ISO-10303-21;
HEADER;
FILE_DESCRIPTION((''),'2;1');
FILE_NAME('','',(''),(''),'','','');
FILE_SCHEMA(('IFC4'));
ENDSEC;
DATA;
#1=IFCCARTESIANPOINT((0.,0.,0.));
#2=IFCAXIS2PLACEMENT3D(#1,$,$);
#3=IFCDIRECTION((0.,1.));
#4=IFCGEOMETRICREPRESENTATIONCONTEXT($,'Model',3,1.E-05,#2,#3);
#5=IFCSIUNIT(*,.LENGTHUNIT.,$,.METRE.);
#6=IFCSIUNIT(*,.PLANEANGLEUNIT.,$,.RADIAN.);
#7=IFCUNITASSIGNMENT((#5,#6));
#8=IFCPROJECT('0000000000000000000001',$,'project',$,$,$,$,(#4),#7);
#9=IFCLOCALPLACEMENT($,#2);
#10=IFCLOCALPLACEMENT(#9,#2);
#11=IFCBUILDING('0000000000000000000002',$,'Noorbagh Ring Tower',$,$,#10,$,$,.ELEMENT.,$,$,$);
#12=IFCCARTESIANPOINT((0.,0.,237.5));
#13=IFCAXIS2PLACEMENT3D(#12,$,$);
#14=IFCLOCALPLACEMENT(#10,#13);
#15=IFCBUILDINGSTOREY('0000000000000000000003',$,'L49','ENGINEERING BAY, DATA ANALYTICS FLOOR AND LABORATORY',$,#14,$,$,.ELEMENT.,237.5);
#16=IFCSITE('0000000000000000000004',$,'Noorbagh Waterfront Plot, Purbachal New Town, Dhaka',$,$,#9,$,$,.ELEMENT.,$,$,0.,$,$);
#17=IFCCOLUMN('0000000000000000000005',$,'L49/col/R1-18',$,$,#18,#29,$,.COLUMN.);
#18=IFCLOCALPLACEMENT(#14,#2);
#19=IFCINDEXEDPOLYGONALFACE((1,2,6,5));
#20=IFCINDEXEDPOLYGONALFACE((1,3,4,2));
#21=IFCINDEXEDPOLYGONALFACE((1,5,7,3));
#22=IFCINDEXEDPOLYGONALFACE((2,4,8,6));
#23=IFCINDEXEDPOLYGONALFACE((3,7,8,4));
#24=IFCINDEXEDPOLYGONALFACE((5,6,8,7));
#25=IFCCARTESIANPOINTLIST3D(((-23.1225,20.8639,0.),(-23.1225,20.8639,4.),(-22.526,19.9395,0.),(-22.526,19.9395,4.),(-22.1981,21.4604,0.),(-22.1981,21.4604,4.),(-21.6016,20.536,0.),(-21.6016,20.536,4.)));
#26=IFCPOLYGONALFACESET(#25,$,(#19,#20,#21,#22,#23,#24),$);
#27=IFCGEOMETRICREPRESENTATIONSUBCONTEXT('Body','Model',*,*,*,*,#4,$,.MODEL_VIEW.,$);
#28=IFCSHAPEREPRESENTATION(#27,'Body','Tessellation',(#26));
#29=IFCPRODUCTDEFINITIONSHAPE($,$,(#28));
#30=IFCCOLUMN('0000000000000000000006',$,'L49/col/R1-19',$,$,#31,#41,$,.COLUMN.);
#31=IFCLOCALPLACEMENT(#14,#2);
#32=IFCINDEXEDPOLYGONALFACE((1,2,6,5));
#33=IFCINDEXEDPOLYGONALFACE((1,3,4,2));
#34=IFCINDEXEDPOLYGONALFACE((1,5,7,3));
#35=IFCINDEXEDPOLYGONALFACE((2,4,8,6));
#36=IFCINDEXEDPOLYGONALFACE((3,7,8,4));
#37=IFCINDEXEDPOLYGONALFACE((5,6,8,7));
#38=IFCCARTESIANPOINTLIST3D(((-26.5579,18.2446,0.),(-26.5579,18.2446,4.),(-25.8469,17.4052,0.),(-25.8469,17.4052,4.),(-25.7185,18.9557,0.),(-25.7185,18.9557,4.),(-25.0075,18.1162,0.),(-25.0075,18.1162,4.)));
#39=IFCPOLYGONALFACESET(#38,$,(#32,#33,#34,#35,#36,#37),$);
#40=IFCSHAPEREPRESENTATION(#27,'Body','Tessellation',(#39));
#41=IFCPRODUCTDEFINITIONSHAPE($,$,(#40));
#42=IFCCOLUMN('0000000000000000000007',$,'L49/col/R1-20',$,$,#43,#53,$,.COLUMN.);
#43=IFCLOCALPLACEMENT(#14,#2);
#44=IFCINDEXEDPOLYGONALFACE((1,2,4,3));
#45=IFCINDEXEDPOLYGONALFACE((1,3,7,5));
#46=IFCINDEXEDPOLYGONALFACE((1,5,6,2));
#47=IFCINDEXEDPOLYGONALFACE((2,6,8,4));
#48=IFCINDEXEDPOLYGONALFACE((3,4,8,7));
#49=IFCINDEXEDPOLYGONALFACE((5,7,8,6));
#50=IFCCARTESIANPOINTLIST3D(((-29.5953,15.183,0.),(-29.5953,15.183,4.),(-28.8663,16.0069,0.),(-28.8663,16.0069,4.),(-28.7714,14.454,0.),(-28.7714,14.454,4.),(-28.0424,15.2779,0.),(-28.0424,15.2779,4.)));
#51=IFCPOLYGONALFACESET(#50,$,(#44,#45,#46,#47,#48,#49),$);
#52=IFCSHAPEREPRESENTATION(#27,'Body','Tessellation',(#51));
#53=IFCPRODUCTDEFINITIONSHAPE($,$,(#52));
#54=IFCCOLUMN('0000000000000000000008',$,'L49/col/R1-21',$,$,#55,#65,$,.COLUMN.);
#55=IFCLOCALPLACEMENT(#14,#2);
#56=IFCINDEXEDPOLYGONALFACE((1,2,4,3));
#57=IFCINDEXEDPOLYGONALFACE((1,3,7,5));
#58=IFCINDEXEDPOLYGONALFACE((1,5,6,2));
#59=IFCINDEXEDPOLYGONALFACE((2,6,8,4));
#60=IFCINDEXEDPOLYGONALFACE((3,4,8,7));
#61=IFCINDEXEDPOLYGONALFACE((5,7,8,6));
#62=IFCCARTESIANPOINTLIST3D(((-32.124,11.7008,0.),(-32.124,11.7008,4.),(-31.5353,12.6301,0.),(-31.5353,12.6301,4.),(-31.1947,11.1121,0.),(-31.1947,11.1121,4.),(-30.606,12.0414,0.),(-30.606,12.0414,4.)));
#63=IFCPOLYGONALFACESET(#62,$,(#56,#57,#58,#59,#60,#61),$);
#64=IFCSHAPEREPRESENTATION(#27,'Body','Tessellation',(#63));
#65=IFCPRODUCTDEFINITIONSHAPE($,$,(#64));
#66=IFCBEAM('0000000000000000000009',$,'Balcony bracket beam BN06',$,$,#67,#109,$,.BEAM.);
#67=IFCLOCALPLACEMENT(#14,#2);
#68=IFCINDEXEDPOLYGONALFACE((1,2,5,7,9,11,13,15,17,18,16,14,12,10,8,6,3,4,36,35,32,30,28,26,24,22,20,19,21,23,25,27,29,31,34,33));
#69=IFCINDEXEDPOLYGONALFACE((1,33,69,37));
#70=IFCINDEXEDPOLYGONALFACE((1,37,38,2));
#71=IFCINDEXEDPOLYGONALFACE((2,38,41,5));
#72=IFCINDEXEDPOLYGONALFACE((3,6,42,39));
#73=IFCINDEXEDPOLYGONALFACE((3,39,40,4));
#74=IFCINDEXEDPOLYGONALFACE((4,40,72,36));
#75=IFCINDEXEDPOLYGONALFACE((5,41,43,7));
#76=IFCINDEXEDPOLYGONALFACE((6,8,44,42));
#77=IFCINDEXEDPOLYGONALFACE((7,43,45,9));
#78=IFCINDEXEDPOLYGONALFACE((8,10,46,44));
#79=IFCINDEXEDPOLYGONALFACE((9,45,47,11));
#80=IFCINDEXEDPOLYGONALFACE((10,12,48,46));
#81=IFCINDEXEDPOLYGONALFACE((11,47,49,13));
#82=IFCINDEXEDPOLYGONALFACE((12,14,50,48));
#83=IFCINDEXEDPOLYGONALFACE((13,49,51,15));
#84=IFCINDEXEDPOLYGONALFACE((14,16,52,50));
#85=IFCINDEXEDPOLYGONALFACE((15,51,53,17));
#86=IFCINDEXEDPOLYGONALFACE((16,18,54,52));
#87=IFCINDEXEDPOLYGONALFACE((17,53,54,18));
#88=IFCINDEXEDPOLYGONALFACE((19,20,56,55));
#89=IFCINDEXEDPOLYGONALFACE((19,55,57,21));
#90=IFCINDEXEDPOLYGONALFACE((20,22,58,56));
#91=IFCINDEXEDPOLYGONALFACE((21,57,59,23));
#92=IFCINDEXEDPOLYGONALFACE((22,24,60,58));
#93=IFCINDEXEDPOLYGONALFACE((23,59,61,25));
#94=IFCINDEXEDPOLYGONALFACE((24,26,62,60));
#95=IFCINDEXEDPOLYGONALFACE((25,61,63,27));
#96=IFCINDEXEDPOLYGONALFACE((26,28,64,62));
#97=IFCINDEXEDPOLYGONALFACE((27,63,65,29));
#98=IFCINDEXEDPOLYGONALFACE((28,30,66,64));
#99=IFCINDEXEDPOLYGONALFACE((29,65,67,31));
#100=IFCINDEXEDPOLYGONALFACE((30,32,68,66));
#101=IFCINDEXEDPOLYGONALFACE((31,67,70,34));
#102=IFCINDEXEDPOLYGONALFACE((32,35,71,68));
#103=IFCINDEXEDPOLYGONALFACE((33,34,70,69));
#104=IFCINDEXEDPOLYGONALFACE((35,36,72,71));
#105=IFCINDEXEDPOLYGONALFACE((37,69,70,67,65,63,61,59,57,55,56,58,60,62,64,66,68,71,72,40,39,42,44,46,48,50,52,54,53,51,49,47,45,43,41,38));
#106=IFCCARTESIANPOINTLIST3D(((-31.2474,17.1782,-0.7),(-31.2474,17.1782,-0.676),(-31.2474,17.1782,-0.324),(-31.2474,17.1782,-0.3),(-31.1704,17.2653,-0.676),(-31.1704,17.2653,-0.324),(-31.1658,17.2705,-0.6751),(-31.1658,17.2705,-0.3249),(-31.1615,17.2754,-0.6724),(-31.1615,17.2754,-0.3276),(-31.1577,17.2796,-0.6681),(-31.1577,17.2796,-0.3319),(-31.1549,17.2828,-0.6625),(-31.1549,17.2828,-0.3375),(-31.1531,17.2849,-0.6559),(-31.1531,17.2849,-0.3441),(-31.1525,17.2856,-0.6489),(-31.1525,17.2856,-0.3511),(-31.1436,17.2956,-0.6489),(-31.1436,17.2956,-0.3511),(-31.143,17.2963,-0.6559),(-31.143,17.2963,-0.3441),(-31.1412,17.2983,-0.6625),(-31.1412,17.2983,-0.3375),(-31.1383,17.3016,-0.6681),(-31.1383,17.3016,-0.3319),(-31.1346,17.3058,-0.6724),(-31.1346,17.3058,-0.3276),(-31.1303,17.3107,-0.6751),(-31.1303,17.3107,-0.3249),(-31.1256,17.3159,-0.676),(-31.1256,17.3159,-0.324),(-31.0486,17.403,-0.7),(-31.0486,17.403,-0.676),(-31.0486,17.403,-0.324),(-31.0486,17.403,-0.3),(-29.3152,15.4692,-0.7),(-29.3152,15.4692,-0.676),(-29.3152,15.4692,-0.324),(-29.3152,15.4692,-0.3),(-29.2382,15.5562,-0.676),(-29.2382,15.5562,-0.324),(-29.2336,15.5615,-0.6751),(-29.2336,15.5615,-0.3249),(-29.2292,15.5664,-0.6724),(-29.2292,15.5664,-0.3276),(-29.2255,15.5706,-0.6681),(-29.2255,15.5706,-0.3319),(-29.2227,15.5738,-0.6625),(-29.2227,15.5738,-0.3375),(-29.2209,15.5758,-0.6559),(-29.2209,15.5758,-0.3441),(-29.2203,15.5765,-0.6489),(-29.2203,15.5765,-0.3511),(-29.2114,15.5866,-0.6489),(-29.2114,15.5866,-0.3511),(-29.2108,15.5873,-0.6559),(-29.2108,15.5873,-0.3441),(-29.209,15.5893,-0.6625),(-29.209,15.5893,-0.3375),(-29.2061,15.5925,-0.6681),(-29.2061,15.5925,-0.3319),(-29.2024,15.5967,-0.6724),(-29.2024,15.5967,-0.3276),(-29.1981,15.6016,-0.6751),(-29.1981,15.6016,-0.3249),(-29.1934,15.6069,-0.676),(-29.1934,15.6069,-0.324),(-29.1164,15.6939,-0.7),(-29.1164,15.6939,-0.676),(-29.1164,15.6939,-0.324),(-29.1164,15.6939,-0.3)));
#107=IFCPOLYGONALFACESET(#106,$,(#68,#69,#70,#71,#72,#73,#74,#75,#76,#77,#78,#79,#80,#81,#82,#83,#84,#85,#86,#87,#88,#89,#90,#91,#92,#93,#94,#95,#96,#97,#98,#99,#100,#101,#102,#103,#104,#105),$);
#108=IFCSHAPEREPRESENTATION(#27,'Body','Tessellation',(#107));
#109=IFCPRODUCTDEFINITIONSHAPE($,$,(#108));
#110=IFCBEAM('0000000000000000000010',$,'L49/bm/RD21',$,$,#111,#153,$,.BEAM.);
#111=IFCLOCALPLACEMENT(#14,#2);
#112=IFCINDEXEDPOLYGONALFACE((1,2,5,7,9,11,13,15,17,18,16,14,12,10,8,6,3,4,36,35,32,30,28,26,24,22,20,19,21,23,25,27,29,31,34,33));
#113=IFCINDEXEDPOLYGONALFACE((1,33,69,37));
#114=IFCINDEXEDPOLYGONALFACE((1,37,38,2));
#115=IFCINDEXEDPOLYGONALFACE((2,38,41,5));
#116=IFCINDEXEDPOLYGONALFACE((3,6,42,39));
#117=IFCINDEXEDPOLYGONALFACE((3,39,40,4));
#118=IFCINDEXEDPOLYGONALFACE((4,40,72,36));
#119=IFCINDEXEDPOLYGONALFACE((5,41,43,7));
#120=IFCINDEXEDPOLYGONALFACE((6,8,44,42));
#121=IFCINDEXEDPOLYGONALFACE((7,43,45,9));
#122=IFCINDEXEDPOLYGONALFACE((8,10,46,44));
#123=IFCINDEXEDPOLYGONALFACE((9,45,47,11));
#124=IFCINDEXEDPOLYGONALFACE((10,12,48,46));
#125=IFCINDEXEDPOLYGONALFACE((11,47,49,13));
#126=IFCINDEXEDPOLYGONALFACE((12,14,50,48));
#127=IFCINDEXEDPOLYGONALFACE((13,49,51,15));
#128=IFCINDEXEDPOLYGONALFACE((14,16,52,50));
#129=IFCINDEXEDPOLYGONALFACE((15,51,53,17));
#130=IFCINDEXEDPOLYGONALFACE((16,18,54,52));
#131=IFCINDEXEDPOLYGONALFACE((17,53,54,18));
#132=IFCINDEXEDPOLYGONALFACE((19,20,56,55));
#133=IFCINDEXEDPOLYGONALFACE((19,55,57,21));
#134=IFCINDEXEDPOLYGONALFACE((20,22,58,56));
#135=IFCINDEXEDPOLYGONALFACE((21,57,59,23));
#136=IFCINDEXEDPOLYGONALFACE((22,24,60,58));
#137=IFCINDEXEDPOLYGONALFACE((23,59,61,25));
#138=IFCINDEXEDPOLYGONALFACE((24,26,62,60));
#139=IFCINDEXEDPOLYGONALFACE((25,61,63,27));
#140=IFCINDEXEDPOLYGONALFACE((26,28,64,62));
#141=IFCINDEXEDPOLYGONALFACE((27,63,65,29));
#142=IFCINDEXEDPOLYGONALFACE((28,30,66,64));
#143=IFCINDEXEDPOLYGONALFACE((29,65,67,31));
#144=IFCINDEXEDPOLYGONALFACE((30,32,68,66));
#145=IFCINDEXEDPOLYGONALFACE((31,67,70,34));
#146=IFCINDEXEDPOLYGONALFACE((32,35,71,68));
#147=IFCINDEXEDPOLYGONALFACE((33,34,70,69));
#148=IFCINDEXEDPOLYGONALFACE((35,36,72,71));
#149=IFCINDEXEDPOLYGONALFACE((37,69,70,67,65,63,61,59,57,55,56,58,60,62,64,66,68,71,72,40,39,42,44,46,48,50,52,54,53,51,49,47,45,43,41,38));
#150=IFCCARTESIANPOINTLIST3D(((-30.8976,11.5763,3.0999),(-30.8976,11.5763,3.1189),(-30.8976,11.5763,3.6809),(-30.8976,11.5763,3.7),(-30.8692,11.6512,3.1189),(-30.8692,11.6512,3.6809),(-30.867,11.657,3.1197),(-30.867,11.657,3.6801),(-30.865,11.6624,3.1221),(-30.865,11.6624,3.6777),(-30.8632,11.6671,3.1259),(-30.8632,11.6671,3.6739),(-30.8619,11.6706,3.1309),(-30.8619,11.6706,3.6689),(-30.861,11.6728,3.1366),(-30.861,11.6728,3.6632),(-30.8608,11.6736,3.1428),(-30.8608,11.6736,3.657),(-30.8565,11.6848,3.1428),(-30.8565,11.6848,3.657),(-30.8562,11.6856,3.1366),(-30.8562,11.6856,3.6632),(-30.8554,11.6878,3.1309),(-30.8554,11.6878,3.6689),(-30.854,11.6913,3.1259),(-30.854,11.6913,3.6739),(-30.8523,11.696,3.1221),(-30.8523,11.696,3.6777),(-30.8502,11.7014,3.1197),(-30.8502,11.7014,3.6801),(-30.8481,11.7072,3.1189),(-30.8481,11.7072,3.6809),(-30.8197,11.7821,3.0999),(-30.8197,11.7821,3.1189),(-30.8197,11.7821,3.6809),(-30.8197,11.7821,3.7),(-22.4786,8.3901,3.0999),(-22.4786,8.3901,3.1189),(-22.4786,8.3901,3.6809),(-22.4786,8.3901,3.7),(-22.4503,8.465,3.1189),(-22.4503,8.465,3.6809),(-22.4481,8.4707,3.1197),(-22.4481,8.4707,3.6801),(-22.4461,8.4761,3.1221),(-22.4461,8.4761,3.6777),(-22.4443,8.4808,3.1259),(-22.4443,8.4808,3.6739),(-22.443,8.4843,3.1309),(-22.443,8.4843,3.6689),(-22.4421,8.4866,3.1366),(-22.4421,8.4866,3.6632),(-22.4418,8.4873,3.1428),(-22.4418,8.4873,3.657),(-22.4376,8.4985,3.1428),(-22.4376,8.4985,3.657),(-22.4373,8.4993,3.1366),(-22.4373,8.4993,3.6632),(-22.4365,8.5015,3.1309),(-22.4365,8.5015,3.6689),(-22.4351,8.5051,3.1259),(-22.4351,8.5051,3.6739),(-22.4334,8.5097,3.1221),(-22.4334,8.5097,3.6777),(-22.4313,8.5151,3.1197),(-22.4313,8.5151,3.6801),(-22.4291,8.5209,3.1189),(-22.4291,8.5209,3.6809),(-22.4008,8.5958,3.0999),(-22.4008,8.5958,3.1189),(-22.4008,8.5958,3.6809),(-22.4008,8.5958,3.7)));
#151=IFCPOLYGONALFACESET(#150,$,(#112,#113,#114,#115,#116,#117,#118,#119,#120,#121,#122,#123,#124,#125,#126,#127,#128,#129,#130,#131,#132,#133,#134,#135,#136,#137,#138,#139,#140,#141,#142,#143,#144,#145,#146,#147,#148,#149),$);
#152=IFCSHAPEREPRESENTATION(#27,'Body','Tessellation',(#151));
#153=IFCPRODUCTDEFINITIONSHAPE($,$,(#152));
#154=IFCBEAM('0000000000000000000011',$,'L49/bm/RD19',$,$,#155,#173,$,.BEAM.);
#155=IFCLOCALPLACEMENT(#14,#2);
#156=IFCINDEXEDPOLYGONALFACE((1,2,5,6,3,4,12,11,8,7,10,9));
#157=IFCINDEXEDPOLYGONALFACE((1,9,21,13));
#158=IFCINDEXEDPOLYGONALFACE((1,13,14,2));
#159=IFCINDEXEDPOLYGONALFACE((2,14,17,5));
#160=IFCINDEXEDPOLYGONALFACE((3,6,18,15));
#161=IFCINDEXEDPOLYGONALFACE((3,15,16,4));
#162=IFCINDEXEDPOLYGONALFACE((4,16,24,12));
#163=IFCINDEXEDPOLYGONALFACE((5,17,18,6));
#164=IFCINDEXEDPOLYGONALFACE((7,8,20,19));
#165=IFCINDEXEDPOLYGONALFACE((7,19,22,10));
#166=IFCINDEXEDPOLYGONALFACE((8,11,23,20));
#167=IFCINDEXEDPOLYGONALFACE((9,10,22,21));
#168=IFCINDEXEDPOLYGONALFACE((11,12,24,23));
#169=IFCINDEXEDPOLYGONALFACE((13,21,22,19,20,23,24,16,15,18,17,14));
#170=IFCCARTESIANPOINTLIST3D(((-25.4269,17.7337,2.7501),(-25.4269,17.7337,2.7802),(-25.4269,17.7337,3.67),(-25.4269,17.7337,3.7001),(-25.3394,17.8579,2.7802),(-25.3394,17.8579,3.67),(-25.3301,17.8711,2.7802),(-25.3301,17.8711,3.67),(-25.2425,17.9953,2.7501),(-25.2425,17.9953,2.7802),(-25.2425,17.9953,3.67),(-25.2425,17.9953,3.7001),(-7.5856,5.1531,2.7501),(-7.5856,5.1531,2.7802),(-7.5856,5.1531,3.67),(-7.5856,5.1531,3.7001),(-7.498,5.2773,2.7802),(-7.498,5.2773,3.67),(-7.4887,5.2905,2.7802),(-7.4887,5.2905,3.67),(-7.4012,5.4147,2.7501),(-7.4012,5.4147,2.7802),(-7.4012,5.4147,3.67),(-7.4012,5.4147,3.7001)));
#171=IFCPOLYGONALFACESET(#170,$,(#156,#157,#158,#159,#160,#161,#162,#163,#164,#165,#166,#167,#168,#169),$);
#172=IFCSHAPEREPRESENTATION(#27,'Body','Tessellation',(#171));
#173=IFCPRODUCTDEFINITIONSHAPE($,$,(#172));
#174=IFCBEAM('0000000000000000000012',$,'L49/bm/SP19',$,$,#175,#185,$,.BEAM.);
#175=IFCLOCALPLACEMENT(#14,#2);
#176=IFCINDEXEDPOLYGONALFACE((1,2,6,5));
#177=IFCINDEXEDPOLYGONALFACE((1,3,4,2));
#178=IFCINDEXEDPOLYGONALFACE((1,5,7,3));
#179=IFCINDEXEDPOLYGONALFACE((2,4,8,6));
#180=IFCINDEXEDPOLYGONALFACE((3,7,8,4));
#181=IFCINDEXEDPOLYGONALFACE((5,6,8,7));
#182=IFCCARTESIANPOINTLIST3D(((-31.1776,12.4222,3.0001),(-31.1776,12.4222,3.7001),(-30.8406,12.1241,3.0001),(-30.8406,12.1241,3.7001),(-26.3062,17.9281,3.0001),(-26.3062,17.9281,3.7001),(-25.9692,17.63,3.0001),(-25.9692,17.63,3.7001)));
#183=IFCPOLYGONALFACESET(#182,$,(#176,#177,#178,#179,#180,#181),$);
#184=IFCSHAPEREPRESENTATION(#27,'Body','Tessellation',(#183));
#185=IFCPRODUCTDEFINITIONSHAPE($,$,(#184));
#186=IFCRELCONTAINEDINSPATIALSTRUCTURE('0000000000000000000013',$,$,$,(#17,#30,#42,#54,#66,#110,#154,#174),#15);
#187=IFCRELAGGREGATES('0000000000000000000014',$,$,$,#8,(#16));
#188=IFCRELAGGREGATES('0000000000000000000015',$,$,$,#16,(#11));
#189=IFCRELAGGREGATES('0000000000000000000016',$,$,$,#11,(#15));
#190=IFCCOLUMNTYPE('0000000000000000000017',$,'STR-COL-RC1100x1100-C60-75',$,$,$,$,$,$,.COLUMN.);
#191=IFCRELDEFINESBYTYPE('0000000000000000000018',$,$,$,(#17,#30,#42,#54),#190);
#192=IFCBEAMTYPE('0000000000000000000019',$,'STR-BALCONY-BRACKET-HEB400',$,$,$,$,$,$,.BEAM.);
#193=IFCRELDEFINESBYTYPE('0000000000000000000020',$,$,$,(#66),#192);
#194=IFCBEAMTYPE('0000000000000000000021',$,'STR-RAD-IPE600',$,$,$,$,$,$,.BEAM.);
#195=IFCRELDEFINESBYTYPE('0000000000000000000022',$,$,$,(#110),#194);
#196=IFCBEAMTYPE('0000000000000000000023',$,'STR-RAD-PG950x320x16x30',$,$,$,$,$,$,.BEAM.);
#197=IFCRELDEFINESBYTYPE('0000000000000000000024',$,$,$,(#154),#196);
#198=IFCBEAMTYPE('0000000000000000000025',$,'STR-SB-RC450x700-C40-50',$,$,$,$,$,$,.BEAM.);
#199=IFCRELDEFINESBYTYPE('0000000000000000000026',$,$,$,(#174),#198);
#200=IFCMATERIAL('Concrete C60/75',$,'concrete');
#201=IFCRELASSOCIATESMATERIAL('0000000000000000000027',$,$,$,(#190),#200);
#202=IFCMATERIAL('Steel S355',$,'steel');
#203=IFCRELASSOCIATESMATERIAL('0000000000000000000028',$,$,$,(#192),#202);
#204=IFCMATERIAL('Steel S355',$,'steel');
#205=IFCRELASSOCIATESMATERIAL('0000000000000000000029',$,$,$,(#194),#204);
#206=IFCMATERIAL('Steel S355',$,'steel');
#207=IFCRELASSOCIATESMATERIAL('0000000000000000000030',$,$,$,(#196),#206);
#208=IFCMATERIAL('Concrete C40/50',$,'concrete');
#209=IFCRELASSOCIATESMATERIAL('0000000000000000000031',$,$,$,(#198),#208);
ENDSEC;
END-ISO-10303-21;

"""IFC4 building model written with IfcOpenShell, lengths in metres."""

from ifc_helpers import new_model, si_unit, direction, frame, origin, origin_2d, place, context, subcontext, project, spatial, rectangle, i_section, extrude, material, material_profile, profile_set, type_object, element, save


model = new_model("IFC4")

# Units and contexts
model_context = context("Model", 3, precision=1e-05, world=origin(), true_north=direction((0.0, 1.0)))
body_context = subcontext(model_context, "Body", "Model", "MODEL_VIEW")
ifc_project = project(units=[si_unit("LENGTHUNIT", "METRE"), si_unit("PLANEANGLEUNIT", "RADIAN")], contexts=[model_context])

# Site, building, storey
site_placement = place(None, origin())
site = spatial("IfcSite", under=ifc_project, at=site_placement, Name="Noorbagh Waterfront Plot, Purbachal New Town, Dhaka", CompositionType="ELEMENT", RefElevation=0.0)
building_placement = place(site_placement, origin())
building = spatial("IfcBuilding", under=site, at=building_placement, Name="Noorbagh Ring Tower", CompositionType="ELEMENT")
storey_placement = place(building_placement, frame((0.0, 0.0, 237.5)))
storey = spatial("IfcBuildingStorey", under=building, at=storey_placement, Name="L49", Description="ENGINEERING BAY, DATA ANALYTICS FLOOR AND LABORATORY", CompositionType="ELEMENT", Elevation=237.5)

# Columns
ifc_material_1 = material(Name="Concrete C60/75", Category="concrete")
ifc_material_profile_1 = material_profile(ifc_material_1, rectangle(XDim=1.1001, YDim=1.1001, at=origin_2d()), Name="RC1100x1100")
ifc_profile_set_1 = profile_set([ifc_material_profile_1], Name="Concrete C60/75")
column_type = type_object("IfcColumnType", Name="STR-COL-RC1100x1100-C60-75", PredefinedType="COLUMN", material=ifc_profile_set_1)
for number, where, z_axis, x_axis, name in (
    (1, (-22.3621, 20.7, 0.0), (0.0, 0.0, 1.0), (-0.840248, -0.542203, 0.0), "L49/col/R1-18"),
    (2, (-25.7827, 18.1804, 0.0), (0.0, 0.0, 1.0), (-0.763035, -0.646357, 0.0), "L49/col/R1-19"),
    (3, (-28.8188, 15.2305, 0.0), (0.0, 0.0, 1.0), (-0.662636, -0.748942, 0.0), "L49/col/R1-20"),
    (4, (-31.365, 11.8711, 0.0), (0.0, 0.0, 1.0), (-0.53519, -0.844731, 0.0), "L49/col/R1-21"),
):
    element("IfcColumn", number, at=place(storey_placement, frame(where, z_axis=z_axis, x_axis=x_axis)), inside=storey, type_object=column_type, Name=name, PredefinedType="COLUMN", context=body_context, shape_type="SweptSolid", body=[
        extrude(rectangle(XDim=1.1001, YDim=1.1001, at=origin_2d()), origin(), (0.0, 0.0, 1.0), 4.0),
    ])

# Beams
ifc_material_2 = material(Name="Steel S355", Category="steel")
ifc_material_profile_2 = material_profile(ifc_material_2, i_section(OverallWidth=0.3, OverallDepth=0.3999, WebThickness=0.0134, FlangeThickness=0.0239, FilletRadius=0.0271, at=origin_2d()), Name="HEB400")
ifc_profile_set_2 = profile_set([ifc_material_profile_2], Name="Steel S355")
beam_type_1 = type_object("IfcBeamType", Name="STR-BALCONY-BRACKET-HEB400", PredefinedType="BEAM", material=ifc_profile_set_2)
beam_1_placement = place(storey_placement, frame((-29.2158, 15.5815, -0.5), z_axis=(-0.749036, 0.662529, 0.0), x_axis=(-0.662529, -0.749036, 0.0)))
element("IfcBeam", 5, at=beam_1_placement, inside=storey, type_object=beam_type_1, Name="Balcony bracket beam BN06", PredefinedType="BEAM", context=body_context, shape_type="SweptSolid", body=[
    extrude(i_section(OverallWidth=0.3, OverallDepth=0.3999, WebThickness=0.0134, FlangeThickness=0.0239, FilletRadius=0.0271, at=origin_2d()), origin(), (0.0, 0.0, 1.0), 2.5796),
])
ifc_material_3 = material(Name="Steel S355", Category="steel")
ifc_material_profile_3 = material_profile(ifc_material_3, i_section(OverallWidth=0.22, OverallDepth=0.6001, WebThickness=0.012, FlangeThickness=0.019, FilletRadius=0.0239, at=origin_2d()), Name="IPE600")
ifc_profile_set_3 = profile_set([ifc_material_profile_3], Name="Steel S355")
beam_type_2 = type_object("IfcBeamType", Name="STR-RAD-IPE600", PredefinedType="BEAM", material=ifc_profile_set_3)
beam_2_placement = place(storey_placement, frame((-30.8586, 11.6792, 3.3999), z_axis=(0.935259, -0.353963, 0.0), x_axis=(0.353963, 0.935259, 0.0)))
element("IfcBeam", 6, at=beam_2_placement, inside=storey, type_object=beam_type_2, Name="L49/bm/RD21", PredefinedType="BEAM", context=body_context, shape_type="SweptSolid", body=[
    extrude(i_section(OverallWidth=0.22, OverallDepth=0.6001, WebThickness=0.012, FlangeThickness=0.019, FilletRadius=0.0239, at=origin_2d()), origin(), (0.0, 0.0, 1.0), 9.0017),
])
ifc_material_4 = material(Name="Steel S355", Category="steel")
ifc_material_profile_4 = material_profile(ifc_material_4, i_section(OverallWidth=0.3201, OverallDepth=0.95, WebThickness=0.0161, FlangeThickness=0.03, at=origin_2d()), Name="PG950x320x16x30")
ifc_profile_set_4 = profile_set([ifc_material_profile_4], Name="Steel S355")
beam_type_3 = type_object("IfcBeamType", Name="STR-RAD-PG950x320x16x30", PredefinedType="BEAM", material=ifc_profile_set_4)
beam_3_placement = place(storey_placement, frame((-25.3347, 17.8645, 3.2251), z_axis=(0.817255, -0.576277, 0.0), x_axis=(0.576277, 0.817255, 0.0)))
element("IfcBeam", 7, at=beam_3_placement, inside=storey, type_object=beam_type_3, Name="L49/bm/RD19", PredefinedType="BEAM", context=body_context, shape_type="SweptSolid", body=[
    extrude(i_section(OverallWidth=0.3201, OverallDepth=0.95, WebThickness=0.0161, FlangeThickness=0.03, at=origin_2d()), origin(), (0.0, 0.0, 1.0), 21.8308),
])
ifc_material_5 = material(Name="Concrete C40/50", Category="concrete")
ifc_material_profile_5 = material_profile(ifc_material_5, rectangle(XDim=0.45, YDim=0.7, at=origin_2d()), Name="RC450x700")
ifc_profile_set_5 = profile_set([ifc_material_profile_5], Name="Concrete C40/50")
beam_type_4 = type_object("IfcBeamType", Name="STR-SB-RC450x700-C40-50", PredefinedType="BEAM", material=ifc_profile_set_5)
beam_4_placement = place(storey_placement, frame((-26.1377, 17.7791, 3.3501), z_axis=(-0.662633, -0.748945, 0.0), x_axis=(0.748945, -0.662633, 0.0)))
element("IfcBeam", 8, at=beam_4_placement, inside=storey, type_object=beam_type_4, Name="L49/bm/SP19", PredefinedType="BEAM", context=body_context, shape_type="SweptSolid", body=[
    extrude(rectangle(XDim=0.45, YDim=0.7, at=origin_2d()), origin(), (0.0, 0.0, 1.0), 7.3516),
])

save(model, "model.ifc")
